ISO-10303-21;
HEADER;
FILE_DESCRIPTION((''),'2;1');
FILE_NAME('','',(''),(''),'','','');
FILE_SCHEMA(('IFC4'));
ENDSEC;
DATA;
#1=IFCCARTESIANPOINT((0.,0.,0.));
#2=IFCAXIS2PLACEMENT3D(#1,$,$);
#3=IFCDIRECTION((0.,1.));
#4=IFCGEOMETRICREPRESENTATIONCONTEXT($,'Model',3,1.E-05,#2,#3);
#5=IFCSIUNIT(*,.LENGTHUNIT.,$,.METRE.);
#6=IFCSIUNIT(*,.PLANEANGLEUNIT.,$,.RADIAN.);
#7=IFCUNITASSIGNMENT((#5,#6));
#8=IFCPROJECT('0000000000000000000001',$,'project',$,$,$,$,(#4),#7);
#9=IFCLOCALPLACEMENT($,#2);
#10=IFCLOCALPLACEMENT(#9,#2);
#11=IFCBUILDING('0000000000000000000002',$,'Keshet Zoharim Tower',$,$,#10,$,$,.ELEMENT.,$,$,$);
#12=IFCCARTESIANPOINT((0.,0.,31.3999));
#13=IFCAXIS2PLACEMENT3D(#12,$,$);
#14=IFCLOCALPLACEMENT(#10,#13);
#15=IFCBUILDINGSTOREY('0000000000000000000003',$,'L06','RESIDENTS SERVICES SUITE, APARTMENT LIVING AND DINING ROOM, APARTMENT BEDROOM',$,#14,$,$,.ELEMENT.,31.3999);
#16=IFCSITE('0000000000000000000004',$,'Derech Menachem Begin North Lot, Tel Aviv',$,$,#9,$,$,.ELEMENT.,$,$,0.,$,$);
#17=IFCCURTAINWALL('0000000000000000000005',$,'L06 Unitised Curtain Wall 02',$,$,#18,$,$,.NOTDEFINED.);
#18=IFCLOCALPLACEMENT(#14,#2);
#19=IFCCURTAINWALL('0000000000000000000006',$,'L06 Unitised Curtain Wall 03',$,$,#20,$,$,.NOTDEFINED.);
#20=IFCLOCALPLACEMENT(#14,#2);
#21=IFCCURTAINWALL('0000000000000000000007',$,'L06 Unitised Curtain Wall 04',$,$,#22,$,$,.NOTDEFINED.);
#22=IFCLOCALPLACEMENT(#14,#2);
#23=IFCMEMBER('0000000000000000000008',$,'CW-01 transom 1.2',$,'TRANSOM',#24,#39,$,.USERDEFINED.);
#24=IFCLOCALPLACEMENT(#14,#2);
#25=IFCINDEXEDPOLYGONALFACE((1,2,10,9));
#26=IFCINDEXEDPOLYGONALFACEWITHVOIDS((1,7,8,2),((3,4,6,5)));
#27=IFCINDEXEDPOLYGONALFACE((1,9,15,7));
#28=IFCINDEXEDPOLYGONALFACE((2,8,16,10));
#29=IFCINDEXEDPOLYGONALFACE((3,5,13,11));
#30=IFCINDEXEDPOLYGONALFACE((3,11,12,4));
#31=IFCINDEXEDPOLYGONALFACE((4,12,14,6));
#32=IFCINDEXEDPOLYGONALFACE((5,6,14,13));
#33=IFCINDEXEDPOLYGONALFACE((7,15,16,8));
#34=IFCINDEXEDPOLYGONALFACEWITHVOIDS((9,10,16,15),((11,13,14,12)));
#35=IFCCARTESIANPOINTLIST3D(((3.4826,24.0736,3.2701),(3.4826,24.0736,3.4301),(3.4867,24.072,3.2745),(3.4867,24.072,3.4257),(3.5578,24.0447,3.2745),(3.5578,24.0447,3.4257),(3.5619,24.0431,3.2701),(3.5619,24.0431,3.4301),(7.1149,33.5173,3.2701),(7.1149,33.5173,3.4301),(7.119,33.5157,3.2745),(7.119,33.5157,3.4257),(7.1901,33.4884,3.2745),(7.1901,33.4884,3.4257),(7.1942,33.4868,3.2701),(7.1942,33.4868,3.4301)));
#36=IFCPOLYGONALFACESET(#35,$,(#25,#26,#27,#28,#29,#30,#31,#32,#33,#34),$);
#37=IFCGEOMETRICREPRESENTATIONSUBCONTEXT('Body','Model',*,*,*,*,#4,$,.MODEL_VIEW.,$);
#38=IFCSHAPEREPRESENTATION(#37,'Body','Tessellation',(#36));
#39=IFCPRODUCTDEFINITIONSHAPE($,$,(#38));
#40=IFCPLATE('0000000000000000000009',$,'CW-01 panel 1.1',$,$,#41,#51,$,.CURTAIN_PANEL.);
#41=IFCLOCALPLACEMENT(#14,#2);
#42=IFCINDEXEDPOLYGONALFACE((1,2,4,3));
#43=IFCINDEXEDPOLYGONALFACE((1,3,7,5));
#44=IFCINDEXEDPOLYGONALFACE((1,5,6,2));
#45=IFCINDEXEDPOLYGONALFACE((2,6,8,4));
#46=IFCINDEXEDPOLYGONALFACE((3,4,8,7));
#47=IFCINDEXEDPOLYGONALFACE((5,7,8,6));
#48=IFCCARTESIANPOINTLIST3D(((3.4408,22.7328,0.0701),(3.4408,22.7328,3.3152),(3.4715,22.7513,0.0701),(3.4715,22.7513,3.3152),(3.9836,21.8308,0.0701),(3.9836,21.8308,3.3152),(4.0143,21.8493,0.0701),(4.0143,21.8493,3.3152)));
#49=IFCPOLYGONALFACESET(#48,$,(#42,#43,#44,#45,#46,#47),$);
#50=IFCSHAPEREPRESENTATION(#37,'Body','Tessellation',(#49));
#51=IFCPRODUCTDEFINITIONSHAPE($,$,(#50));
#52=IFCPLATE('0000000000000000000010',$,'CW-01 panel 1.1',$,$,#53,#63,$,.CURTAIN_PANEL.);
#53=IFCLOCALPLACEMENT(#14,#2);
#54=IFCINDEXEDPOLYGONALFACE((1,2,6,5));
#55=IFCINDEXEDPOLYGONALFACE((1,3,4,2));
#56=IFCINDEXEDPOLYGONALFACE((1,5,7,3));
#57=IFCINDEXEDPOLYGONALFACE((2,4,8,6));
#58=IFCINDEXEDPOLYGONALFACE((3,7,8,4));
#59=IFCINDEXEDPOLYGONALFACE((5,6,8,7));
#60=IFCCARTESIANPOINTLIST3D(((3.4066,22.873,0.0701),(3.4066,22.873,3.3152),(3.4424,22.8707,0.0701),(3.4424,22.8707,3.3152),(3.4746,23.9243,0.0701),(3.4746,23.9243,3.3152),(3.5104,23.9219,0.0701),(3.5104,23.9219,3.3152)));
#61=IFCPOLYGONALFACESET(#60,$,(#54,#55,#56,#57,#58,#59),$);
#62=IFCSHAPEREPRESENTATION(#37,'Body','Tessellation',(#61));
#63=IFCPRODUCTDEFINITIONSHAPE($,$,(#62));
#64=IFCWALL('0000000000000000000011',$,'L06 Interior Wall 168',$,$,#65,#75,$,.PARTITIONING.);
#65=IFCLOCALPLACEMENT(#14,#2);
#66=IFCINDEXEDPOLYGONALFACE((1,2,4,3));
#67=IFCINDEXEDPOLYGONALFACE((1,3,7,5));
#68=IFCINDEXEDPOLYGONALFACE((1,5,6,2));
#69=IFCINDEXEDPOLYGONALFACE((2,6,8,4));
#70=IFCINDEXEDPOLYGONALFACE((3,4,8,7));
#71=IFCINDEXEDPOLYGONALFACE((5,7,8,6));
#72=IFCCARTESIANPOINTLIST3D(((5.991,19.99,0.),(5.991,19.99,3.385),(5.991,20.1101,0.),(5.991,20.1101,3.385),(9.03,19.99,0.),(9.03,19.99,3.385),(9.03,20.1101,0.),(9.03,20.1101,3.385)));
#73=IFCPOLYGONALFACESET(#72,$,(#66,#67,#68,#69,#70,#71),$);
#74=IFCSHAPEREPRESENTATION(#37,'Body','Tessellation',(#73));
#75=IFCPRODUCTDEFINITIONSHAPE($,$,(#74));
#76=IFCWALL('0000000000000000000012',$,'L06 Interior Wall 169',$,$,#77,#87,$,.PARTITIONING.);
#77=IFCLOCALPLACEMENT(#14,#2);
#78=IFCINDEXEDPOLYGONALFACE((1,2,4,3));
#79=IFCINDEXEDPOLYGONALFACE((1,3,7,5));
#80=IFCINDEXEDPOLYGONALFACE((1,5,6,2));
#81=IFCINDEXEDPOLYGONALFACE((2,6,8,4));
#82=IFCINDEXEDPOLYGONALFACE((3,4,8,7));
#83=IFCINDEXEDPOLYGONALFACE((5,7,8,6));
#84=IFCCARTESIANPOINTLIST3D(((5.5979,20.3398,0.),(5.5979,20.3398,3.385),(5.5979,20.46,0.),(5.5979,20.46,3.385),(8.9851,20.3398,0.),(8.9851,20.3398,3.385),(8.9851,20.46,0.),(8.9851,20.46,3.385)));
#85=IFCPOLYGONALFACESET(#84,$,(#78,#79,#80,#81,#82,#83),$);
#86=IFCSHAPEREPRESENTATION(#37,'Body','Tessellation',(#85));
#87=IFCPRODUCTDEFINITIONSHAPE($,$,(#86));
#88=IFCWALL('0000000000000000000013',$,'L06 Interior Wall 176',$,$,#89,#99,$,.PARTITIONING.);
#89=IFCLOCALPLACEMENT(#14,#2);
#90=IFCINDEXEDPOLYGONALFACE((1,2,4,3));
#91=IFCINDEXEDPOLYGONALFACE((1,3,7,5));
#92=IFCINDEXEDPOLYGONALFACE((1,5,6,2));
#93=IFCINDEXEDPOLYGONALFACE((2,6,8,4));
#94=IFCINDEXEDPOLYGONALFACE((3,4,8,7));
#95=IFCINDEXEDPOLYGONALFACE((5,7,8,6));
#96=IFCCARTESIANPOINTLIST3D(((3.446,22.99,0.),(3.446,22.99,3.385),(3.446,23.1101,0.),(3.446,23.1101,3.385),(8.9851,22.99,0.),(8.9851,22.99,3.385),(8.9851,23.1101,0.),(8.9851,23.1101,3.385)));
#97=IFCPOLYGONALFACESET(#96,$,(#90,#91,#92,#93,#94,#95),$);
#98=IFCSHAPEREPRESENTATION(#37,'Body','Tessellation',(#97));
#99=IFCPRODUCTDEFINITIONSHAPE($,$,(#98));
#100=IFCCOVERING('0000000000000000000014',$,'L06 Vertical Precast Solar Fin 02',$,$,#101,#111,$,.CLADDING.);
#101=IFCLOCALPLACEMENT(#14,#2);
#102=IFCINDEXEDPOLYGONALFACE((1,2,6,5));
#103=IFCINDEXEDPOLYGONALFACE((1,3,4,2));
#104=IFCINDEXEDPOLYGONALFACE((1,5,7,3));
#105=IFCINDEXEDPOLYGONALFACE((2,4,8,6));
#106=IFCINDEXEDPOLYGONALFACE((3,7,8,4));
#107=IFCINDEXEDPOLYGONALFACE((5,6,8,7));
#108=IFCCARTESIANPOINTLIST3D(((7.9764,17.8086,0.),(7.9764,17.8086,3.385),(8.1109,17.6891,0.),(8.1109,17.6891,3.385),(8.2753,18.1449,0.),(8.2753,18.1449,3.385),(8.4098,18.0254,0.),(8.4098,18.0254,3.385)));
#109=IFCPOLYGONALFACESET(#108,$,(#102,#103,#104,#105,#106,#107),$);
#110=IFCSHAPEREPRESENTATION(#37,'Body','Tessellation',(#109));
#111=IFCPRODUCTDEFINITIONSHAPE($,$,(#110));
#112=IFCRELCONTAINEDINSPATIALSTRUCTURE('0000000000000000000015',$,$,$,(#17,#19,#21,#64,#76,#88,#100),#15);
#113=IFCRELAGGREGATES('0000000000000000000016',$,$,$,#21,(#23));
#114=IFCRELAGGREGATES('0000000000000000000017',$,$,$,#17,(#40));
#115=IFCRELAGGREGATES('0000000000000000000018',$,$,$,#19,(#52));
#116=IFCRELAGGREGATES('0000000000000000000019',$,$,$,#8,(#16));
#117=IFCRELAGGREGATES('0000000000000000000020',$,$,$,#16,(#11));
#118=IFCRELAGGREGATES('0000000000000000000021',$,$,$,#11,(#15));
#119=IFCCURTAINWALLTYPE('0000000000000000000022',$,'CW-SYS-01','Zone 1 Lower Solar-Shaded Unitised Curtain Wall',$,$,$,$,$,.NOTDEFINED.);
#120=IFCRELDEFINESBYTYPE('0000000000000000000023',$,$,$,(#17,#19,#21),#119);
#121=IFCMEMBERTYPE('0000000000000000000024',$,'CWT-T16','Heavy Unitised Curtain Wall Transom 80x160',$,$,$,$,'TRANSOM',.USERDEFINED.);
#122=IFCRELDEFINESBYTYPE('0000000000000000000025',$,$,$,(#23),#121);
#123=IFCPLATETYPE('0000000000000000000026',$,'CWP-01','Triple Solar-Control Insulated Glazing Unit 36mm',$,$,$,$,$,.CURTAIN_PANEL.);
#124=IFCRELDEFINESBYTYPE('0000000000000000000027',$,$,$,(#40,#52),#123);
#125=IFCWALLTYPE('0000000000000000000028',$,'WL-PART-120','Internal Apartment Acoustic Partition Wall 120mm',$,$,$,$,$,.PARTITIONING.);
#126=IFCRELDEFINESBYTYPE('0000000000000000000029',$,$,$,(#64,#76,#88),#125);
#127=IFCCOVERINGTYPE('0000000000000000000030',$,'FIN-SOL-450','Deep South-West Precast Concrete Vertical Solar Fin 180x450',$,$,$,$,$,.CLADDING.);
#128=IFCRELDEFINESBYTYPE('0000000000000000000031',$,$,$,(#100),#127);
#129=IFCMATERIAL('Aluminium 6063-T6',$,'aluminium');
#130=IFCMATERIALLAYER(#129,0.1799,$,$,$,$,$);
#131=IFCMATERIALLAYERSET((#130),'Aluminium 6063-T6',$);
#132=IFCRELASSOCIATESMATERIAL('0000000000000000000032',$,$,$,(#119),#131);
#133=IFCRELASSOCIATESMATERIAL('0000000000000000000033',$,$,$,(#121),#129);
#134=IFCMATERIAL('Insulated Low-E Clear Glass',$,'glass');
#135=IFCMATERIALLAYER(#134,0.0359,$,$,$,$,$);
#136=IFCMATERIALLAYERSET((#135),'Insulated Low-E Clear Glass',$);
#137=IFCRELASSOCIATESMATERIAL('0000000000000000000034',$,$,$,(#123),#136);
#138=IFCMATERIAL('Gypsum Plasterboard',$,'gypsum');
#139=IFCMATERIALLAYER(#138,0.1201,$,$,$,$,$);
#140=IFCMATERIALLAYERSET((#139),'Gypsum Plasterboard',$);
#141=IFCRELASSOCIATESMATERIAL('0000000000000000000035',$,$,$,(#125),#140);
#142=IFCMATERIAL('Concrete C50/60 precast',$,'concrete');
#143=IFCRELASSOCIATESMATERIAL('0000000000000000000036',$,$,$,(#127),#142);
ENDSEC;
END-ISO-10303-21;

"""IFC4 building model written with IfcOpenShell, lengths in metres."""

from ifc_helpers import new_model, si_unit, direction, frame, frame_2d, origin, origin_2d, place, context, subcontext, project, spatial, rectangle, hollow_rectangle, extrude, material, layer, layer_set, material_profile, profile_set, type_object, element, aggregate, save


model = new_model("IFC4")

# Units and contexts
model_context = context("Model", 3, precision=1e-05, world=origin(), true_north=direction((0.0, 1.0)))
body_context = subcontext(model_context, "Body", "Model", "MODEL_VIEW")
ifc_project = project(units=[si_unit("LENGTHUNIT", "METRE"), si_unit("PLANEANGLEUNIT", "RADIAN")], contexts=[model_context])

# Site, building, storey
site_placement = place(None, origin())
site = spatial("IfcSite", under=ifc_project, at=site_placement, Name="Derech Menachem Begin North Lot, Tel Aviv", CompositionType="ELEMENT", RefElevation=0.0)
building_placement = place(site_placement, origin())
building = spatial("IfcBuilding", under=site, at=building_placement, Name="Keshet Zoharim Tower", CompositionType="ELEMENT")
storey_placement = place(building_placement, frame((0.0, 0.0, 31.3999)))
storey = spatial("IfcBuildingStorey", under=building, at=storey_placement, Name="L06", Description="RESIDENTS SERVICES SUITE, APARTMENT LIVING AND DINING ROOM, APARTMENT BEDROOM", CompositionType="ELEMENT", Elevation=31.3999)

# Shared definitions
ifc_material_1 = material(Name="Aluminium 6063-T6", Category="aluminium")
ifc_layer_1 = layer(ifc_material_1, 0.1799)
ifc_layer_set_1 = layer_set([ifc_layer_1], Name="Aluminium 6063-T6")
curtain_wall_type = type_object("IfcCurtainWallType", Name="CW-SYS-01", Description="Zone 1 Lower Solar-Shaded Unitised Curtain Wall", PredefinedType="NOTDEFINED", material=ifc_layer_set_1)

# Curtain walls
curtain_wall_1_placement = place(storey_placement, origin())
curtain_wall_1 = element("IfcCurtainWall", 1, at=curtain_wall_1_placement, inside=storey, type_object=curtain_wall_type, Name="L06 Unitised Curtain Wall 02", PredefinedType="NOTDEFINED")
curtain_wall_2_placement = place(storey_placement, origin())
curtain_wall_2 = element("IfcCurtainWall", 2, at=curtain_wall_2_placement, inside=storey, type_object=curtain_wall_type, Name="L06 Unitised Curtain Wall 03", PredefinedType="NOTDEFINED")

# Curtain wall
curtain_wall_3_placement = place(storey_placement, origin())
curtain_wall_3 = element("IfcCurtainWall", 3, at=curtain_wall_3_placement, inside=storey, type_object=curtain_wall_type, Name="L06 Unitised Curtain Wall 04", PredefinedType="NOTDEFINED")

# Member
ifc_material_profile_1 = material_profile(ifc_material_1, hollow_rectangle(XDim=0.085, YDim=0.1599, WallThickness=0.0044, at=origin_2d()), Name="TRN-85x160")
ifc_profile_set_1 = profile_set([ifc_material_profile_1], Name="Aluminium 6063-T6")
member_type_1 = type_object("IfcMemberType", Name="CWT-T16", Description="Heavy Unitised Curtain Wall Transom 80x160", ElementType="TRANSOM", PredefinedType="USERDEFINED", material=ifc_profile_set_1)
member_1_placement = place(storey_placement, frame((3.5222, 24.0583, 3.3501), z_axis=(0.358994, 0.93334, 0.0), x_axis=(-0.93334, 0.358994, 0.0)))
member_1 = element("IfcMember", 4, at=member_1_placement, type_object=member_type_1, Name="CW-01 transom 1.2", ObjectType="TRANSOM", PredefinedType="USERDEFINED", context=body_context, shape_type="SweptSolid", body=[
    extrude(hollow_rectangle(XDim=0.085, YDim=0.1599, WallThickness=0.0044, at=origin_2d()), origin(), (0.0, 0.0, 1.0), 10.1182),
])
aggregate(curtain_wall_3, [member_1])

# Plates
ifc_material_2 = material(Name="Insulated Low-E Clear Glass", Category="glass")
ifc_layer_2 = layer(ifc_material_2, 0.0359)
ifc_layer_set_2 = layer_set([ifc_layer_2], Name="Insulated Low-E Clear Glass")
plate_type = type_object("IfcPlateType", Name="CWP-01", Description="Triple Solar-Control Insulated Glazing Unit 36mm", PredefinedType="CURTAIN_PANEL", material=ifc_layer_set_2)
plate_1_placement = place(storey_placement, frame((3.7275, 22.291, 0.0701), z_axis=(0.0, 0.0, 1.0), x_axis=(-0.515605, 0.856826, 0.0)))
plate_1 = element("IfcPlate", 5, at=plate_1_placement, type_object=plate_type, Name="CW-01 panel 1.1", PredefinedType="CURTAIN_PANEL", context=body_context, shape_type="SweptSolid", body=[
    extrude(rectangle(XDim=1.0527, YDim=0.0359, at=origin_2d()), origin(), (0.0, 0.0, 1.0), 3.2451),
])
aggregate(curtain_wall_1, [plate_1])
plate_2_placement = place(storey_placement, frame((3.4585, 23.3975, 0.0701), z_axis=(0.0, 0.0, 1.0), x_axis=(0.064517, 0.997917, 0.0)))
plate_2 = element("IfcPlate", 6, at=plate_2_placement, type_object=plate_type, Name="CW-01 panel 1.1", PredefinedType="CURTAIN_PANEL", context=body_context, shape_type="SweptSolid", body=[
    extrude(rectangle(XDim=1.0535, YDim=0.0359, at=origin_2d()), origin(), (0.0, 0.0, 1.0), 3.2451),
])
aggregate(curtain_wall_2, [plate_2])

# Walls
ifc_material_3 = material(Name="Gypsum Plasterboard", Category="gypsum")
ifc_layer_3 = layer(ifc_material_3, 0.1201)
ifc_layer_set_3 = layer_set([ifc_layer_3], Name="Gypsum Plasterboard")
wall_type = type_object("IfcWallType", Name="WL-PART-120", Description="Internal Apartment Acoustic Partition Wall 120mm", PredefinedType="PARTITIONING", material=ifc_layer_set_3)
wall_1_placement = place(storey_placement, frame((5.991, 20.05, 0.0), z_axis=(0.0, 0.0, 1.0), x_axis=(1.0, 0.0, 0.0)))
element("IfcWall", 7, at=wall_1_placement, inside=storey, type_object=wall_type, Name="L06 Interior Wall 168", PredefinedType="PARTITIONING", context=body_context, shape_type="SweptSolid", body=[
    extrude(rectangle(XDim=3.0391, YDim=0.1201, at=frame_2d((1.5195, 0.0))), origin(), (0.0, 0.0, 1.0), 3.385),
])
wall_2_placement = place(storey_placement, frame((5.5979, 20.3999, 0.0), z_axis=(0.0, 0.0, 1.0), x_axis=(1.0, 0.0, 0.0)))
element("IfcWall", 8, at=wall_2_placement, inside=storey, type_object=wall_type, Name="L06 Interior Wall 169", PredefinedType="PARTITIONING", context=body_context, shape_type="SweptSolid", body=[
    extrude(rectangle(XDim=3.3872, YDim=0.1201, at=frame_2d((1.6936, 0.0))), origin(), (0.0, 0.0, 1.0), 3.385),
])
wall_3_placement = place(storey_placement, frame((3.446, 23.05, 0.0), z_axis=(0.0, 0.0, 1.0), x_axis=(1.0, 0.0, 0.0)))
element("IfcWall", 9, at=wall_3_placement, inside=storey, type_object=wall_type, Name="L06 Interior Wall 176", PredefinedType="PARTITIONING", context=body_context, shape_type="SweptSolid", body=[
    extrude(rectangle(XDim=5.5391, YDim=0.1201, at=frame_2d((2.7695, 0.0))), origin(), (0.0, 0.0, 1.0), 3.385),
])

# Covering
ifc_material_4 = material(Name="Concrete C50/60 precast", Category="concrete")
covering_type = type_object("IfcCoveringType", Name="FIN-SOL-450", Description="Deep South-West Precast Concrete Vertical Solar Fin 180x450", PredefinedType="CLADDING", material=ifc_material_4)
covering_placement = place(storey_placement, frame((8.1931, 17.917, 0.0), z_axis=(0.0, 0.0, 1.0), x_axis=(-0.747409, 0.664364, 0.0)))
element("IfcCovering", 10, at=covering_placement, inside=storey, type_object=covering_type, Name="L06 Vertical Precast Solar Fin 02", PredefinedType="CLADDING", context=body_context, shape_type="SweptSolid", body=[
    extrude(rectangle(XDim=0.1799, YDim=0.45, at=origin_2d()), origin(), (0.0, 0.0, 1.0), 3.385),
])

save(model, "model.ifc")
